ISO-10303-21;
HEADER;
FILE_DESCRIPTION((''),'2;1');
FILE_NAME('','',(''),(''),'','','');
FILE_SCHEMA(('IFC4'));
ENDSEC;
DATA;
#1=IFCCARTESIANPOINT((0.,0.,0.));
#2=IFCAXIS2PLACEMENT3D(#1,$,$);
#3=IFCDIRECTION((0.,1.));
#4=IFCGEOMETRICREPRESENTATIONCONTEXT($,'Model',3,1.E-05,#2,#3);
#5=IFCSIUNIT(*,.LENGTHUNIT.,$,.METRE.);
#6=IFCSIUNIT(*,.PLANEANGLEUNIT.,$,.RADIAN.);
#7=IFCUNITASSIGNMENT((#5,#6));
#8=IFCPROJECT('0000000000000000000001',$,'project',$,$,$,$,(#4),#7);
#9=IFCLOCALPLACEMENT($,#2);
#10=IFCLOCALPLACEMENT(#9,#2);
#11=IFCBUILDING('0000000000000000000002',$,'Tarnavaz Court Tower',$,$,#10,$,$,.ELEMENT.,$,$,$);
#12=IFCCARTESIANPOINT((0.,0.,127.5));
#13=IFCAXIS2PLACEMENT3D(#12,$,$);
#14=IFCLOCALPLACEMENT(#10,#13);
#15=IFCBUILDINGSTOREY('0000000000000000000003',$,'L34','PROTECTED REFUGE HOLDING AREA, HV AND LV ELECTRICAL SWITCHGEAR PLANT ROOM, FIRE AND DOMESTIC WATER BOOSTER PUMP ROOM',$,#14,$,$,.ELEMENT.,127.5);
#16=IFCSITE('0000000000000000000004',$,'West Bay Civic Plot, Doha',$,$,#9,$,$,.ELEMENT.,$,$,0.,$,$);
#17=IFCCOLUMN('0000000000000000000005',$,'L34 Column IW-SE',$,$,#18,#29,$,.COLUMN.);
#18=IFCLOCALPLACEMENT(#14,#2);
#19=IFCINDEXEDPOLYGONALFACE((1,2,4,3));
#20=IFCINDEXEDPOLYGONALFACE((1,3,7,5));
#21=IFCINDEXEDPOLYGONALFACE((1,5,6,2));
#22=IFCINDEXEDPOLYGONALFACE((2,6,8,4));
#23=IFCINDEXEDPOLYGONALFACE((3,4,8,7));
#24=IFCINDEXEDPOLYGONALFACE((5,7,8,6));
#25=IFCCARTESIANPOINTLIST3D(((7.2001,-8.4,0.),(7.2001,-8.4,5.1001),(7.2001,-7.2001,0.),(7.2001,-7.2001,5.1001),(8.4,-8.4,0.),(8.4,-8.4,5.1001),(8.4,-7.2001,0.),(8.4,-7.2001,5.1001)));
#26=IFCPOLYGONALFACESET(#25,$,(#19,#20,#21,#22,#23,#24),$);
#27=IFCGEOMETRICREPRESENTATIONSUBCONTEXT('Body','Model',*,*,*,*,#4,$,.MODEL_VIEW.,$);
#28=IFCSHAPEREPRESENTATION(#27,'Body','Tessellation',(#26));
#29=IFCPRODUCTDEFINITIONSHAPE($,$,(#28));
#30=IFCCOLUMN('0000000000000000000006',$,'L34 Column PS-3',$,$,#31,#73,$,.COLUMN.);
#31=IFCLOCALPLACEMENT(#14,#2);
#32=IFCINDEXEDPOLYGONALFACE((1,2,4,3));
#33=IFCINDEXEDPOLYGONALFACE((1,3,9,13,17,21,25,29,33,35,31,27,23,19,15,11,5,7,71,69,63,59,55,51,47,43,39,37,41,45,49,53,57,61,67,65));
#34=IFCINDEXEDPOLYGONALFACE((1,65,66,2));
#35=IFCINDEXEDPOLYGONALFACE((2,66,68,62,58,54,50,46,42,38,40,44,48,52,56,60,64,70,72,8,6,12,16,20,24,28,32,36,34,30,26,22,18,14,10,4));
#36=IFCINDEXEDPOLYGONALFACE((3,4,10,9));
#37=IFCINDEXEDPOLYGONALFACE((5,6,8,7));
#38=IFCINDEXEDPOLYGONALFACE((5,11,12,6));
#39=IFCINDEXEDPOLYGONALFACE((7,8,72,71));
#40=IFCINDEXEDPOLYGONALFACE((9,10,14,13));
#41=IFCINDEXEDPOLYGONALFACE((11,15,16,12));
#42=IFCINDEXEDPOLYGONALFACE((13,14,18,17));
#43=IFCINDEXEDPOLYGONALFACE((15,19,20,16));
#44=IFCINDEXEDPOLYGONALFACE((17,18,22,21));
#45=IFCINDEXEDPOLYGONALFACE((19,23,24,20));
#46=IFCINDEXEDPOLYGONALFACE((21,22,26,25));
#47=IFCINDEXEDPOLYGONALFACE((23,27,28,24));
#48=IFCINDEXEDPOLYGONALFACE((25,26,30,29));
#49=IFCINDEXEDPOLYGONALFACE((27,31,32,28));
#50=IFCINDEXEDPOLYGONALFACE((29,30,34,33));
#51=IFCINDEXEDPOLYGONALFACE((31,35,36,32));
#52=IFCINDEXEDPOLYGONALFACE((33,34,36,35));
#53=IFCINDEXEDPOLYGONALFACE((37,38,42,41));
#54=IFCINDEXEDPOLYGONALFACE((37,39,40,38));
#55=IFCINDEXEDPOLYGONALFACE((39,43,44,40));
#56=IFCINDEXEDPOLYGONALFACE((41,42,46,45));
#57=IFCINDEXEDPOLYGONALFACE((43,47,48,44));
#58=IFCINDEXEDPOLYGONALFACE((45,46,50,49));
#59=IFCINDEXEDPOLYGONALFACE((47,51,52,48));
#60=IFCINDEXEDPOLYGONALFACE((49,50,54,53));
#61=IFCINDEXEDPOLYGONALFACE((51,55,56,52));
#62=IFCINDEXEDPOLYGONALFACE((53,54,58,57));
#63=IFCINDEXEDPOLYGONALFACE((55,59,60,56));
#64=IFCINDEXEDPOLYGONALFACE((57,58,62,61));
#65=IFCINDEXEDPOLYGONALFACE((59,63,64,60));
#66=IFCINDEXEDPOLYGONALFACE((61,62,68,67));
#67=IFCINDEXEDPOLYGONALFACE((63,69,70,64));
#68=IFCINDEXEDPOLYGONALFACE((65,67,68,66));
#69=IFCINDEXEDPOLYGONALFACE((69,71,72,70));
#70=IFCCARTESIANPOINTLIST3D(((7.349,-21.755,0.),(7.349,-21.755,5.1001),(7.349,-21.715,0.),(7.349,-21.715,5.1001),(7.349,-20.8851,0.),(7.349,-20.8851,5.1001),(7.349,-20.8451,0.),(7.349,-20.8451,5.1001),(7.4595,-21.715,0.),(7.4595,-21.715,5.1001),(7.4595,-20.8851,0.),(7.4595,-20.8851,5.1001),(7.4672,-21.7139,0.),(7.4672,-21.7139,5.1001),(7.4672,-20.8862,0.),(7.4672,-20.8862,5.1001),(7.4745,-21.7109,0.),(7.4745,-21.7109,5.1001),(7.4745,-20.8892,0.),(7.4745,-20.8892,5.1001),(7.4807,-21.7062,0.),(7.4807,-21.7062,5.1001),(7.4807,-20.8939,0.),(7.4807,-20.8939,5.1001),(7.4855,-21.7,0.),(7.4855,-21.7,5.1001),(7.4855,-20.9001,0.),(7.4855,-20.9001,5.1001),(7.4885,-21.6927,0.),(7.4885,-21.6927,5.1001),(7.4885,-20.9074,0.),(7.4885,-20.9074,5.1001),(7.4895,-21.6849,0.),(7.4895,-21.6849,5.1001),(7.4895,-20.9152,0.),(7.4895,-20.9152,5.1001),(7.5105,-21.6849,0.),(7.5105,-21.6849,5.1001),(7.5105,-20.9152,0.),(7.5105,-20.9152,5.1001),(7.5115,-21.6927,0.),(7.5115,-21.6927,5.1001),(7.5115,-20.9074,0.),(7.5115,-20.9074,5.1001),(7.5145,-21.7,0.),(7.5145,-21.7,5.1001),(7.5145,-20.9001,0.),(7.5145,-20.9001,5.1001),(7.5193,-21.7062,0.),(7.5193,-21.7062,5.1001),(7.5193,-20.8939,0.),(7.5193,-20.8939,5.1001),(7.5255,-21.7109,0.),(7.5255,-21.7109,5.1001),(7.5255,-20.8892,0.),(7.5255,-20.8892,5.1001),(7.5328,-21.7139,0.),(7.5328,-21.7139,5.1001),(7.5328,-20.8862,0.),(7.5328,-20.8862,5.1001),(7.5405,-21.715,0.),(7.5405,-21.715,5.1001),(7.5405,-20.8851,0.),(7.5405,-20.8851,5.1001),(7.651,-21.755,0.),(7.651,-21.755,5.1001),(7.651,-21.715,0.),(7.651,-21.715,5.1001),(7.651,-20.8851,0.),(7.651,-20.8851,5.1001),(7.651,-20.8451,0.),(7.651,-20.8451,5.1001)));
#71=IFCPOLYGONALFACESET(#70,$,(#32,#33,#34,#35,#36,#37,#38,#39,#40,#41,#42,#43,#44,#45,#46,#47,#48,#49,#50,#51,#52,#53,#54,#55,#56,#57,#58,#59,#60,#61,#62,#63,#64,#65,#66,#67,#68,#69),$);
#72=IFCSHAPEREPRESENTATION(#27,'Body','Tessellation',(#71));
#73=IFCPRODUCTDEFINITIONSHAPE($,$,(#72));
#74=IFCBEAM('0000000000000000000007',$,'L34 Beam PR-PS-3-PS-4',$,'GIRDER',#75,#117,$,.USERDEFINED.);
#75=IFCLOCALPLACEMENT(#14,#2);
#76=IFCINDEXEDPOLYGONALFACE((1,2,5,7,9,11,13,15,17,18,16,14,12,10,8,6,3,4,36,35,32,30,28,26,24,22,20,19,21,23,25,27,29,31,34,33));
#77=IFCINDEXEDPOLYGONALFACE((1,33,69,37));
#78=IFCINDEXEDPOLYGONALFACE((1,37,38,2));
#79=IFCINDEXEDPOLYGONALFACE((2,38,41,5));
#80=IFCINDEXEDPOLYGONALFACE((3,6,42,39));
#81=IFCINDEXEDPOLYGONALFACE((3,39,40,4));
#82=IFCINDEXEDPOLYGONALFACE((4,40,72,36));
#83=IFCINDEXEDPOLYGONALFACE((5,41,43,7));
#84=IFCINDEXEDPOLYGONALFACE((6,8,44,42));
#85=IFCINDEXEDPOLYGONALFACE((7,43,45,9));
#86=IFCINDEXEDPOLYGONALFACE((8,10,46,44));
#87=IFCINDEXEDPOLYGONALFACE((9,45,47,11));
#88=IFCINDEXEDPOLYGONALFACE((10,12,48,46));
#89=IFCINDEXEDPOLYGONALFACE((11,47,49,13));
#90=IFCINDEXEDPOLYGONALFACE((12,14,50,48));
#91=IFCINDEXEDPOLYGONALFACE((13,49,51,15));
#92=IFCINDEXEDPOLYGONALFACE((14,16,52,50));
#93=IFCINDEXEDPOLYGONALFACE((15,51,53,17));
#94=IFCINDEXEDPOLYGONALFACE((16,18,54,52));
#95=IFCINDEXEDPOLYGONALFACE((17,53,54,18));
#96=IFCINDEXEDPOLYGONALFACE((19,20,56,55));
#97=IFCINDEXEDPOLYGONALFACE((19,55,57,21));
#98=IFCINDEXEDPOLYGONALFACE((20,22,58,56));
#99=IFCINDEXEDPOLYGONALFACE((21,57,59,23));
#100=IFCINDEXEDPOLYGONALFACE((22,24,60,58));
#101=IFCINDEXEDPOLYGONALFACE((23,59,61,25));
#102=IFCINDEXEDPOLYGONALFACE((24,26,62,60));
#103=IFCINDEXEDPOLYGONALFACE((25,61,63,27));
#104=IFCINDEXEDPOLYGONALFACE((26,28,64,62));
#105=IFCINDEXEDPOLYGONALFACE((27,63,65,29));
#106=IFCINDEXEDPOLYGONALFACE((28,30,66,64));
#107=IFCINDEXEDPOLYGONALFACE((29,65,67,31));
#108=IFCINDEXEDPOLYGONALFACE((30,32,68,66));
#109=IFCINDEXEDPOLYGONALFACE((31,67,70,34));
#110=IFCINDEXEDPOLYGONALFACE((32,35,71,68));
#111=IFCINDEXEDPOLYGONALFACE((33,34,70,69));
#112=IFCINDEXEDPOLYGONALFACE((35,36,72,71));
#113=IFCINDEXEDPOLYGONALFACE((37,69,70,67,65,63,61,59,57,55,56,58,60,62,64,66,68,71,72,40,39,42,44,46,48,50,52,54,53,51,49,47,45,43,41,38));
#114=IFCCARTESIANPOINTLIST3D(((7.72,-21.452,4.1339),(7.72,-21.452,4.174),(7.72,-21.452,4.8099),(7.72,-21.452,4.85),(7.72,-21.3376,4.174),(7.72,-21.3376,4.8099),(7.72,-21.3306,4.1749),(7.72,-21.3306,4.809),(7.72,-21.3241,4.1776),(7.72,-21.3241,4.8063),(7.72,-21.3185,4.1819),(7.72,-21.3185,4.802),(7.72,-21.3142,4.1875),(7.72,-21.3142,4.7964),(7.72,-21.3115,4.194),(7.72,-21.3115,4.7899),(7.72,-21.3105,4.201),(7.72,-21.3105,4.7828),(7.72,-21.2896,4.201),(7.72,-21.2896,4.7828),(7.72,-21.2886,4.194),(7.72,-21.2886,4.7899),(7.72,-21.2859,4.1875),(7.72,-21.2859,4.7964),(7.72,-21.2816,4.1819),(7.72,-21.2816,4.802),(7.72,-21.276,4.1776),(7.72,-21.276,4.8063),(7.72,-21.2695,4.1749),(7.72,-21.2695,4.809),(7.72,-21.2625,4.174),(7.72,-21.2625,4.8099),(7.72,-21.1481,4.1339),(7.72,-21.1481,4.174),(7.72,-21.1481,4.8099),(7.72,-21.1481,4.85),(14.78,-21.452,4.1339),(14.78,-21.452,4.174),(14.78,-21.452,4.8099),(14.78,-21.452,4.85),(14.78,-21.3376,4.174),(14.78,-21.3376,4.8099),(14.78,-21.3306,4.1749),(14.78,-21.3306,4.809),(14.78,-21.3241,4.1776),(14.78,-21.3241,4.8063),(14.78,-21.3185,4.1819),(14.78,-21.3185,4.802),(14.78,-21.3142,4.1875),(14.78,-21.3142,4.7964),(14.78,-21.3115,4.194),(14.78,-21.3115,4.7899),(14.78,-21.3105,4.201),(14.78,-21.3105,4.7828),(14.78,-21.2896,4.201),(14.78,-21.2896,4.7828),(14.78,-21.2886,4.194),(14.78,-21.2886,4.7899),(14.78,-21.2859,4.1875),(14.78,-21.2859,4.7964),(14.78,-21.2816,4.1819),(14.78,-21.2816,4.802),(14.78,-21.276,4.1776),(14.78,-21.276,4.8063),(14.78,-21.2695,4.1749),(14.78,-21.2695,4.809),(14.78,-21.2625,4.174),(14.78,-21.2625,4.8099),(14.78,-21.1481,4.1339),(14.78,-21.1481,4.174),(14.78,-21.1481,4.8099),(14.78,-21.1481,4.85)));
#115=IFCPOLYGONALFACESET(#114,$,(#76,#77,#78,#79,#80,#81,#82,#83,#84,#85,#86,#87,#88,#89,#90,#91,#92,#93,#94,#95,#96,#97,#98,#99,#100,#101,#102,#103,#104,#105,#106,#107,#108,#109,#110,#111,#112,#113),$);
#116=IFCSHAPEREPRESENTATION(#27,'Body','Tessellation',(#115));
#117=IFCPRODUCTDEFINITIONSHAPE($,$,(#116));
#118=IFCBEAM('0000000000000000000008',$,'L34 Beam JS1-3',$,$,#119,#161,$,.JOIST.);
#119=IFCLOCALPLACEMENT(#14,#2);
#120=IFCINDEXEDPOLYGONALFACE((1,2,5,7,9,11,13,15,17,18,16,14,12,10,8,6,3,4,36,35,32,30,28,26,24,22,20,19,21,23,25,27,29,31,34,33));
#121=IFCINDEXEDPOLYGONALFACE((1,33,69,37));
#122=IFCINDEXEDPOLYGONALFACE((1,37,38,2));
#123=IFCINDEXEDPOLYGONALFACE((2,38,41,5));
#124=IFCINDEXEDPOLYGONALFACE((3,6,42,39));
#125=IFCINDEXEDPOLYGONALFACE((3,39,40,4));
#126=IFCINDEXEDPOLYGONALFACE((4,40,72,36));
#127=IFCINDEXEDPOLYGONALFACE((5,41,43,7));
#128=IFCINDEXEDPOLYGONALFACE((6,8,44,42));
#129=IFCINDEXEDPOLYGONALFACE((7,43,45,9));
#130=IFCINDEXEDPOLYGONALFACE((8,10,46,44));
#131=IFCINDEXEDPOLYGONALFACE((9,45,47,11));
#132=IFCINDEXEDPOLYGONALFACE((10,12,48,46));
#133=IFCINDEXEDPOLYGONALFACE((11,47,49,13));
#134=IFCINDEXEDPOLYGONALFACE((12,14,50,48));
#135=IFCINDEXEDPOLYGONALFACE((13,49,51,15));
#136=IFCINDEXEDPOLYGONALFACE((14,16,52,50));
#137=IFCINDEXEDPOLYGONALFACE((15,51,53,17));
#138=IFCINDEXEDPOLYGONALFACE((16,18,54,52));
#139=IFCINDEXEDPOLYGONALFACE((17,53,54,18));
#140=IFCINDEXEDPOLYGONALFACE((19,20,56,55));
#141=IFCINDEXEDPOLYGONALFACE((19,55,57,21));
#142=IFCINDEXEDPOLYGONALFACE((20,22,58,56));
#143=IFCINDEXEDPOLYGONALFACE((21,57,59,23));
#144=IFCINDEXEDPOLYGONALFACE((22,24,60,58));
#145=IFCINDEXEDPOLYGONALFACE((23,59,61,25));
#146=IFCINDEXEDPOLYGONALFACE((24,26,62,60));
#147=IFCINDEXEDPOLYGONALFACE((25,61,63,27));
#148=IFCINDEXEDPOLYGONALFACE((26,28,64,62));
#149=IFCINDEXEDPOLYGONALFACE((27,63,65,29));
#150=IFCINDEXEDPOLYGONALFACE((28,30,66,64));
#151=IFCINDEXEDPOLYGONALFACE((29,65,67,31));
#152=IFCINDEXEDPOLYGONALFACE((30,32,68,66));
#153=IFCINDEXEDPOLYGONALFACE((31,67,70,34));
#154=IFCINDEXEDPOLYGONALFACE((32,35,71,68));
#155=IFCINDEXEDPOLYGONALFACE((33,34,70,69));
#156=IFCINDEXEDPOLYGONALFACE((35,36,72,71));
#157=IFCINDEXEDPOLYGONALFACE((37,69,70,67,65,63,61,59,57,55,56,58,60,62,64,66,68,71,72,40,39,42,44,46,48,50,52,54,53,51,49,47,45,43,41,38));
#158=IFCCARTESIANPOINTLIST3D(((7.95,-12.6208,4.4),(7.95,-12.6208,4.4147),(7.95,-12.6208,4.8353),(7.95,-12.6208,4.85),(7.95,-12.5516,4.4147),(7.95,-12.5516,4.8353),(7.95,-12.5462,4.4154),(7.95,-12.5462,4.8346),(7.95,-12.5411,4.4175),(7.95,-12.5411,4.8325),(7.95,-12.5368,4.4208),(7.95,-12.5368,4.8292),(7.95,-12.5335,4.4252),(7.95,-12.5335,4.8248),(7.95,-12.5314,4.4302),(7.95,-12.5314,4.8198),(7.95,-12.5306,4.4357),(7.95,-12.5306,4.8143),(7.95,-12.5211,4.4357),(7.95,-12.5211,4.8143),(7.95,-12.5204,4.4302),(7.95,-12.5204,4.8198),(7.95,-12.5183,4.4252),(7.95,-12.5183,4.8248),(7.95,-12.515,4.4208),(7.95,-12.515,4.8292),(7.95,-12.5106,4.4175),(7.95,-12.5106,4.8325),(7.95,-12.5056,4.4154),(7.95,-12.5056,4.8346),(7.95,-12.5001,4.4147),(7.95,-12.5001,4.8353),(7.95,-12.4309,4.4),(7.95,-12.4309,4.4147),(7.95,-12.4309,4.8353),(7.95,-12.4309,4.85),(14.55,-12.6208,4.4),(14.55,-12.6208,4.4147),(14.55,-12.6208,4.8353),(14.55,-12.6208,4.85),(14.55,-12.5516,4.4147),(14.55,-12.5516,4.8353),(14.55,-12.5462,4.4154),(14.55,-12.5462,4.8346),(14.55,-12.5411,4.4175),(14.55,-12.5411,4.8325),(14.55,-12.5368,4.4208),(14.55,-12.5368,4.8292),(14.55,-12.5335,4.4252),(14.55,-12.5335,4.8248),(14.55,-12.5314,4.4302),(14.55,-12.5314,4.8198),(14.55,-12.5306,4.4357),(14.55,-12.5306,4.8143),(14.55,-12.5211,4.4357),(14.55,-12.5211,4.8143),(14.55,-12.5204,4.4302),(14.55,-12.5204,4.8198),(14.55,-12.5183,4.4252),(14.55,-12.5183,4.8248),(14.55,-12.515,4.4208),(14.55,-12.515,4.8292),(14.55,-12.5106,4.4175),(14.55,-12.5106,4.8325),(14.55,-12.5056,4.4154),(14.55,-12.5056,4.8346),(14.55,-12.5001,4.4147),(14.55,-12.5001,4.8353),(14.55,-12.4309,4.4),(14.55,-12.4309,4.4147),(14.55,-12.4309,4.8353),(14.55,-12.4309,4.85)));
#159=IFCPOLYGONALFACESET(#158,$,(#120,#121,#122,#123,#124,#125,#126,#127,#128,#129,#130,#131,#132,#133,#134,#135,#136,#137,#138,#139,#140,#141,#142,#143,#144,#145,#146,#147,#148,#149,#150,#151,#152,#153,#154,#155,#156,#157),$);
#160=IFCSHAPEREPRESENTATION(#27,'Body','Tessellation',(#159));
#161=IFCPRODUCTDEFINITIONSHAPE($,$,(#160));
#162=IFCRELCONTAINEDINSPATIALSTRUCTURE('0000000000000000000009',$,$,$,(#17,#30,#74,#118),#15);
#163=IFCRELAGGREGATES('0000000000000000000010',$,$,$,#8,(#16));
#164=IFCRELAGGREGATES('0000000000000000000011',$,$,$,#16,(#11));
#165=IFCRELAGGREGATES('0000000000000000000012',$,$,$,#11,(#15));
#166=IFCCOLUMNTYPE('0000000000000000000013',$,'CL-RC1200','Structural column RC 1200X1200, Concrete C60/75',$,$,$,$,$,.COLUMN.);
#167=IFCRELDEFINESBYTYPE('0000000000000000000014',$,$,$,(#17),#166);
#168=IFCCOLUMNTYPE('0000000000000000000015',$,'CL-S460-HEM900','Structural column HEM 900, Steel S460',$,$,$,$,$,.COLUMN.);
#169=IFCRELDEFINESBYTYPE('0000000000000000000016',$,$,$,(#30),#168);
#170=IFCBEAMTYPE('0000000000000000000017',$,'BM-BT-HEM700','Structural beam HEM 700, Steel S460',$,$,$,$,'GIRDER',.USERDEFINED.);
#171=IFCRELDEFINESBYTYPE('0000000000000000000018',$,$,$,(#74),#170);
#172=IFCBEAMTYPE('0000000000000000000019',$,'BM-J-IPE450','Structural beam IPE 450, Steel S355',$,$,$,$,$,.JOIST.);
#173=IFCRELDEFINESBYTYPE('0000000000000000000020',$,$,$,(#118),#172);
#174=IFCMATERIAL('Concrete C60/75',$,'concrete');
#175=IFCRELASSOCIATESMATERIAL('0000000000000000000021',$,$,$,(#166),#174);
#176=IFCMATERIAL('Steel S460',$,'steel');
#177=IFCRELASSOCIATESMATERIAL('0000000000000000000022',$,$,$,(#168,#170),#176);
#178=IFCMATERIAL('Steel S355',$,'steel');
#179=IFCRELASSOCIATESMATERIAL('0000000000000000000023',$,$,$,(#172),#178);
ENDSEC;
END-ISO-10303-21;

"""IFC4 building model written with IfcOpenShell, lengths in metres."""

from ifc_helpers import new_model, si_unit, direction, frame, origin, origin_2d, place, context, subcontext, project, spatial, rectangle, i_section, extrude, material, material_profile, profile_set, type_object, element, save


model = new_model("IFC4")

# Units and contexts
model_context = context("Model", 3, precision=1e-05, world=origin(), true_north=direction((0.0, 1.0)))
body_context = subcontext(model_context, "Body", "Model", "MODEL_VIEW")
ifc_project = project(units=[si_unit("LENGTHUNIT", "METRE"), si_unit("PLANEANGLEUNIT", "RADIAN")], contexts=[model_context])

# Site, building, storey
site_placement = place(None, origin())
site = spatial("IfcSite", under=ifc_project, at=site_placement, Name="West Bay Civic Plot, Doha", CompositionType="ELEMENT", RefElevation=0.0)
building_placement = place(site_placement, origin())
building = spatial("IfcBuilding", under=site, at=building_placement, Name="Tarnavaz Court Tower", CompositionType="ELEMENT")
storey_placement = place(building_placement, frame((0.0, 0.0, 127.5)))
storey = spatial("IfcBuildingStorey", under=building, at=storey_placement, Name="L34", Description="PROTECTED REFUGE HOLDING AREA, HV AND LV ELECTRICAL SWITCHGEAR PLANT ROOM, FIRE AND DOMESTIC WATER BOOSTER PUMP ROOM", CompositionType="ELEMENT", Elevation=127.5)

# Columns
ifc_material_1 = material(Name="Concrete C60/75", Category="concrete")
ifc_material_profile_1 = material_profile(ifc_material_1, rectangle(XDim=1.2, YDim=1.2, at=origin_2d()), Name="RC 1200X1200")
ifc_profile_set_1 = profile_set([ifc_material_profile_1], Name="Concrete C60/75")
column_type_1 = type_object("IfcColumnType", Name="CL-RC1200", Description="Structural column RC 1200X1200, Concrete C60/75", PredefinedType="COLUMN", material=ifc_profile_set_1)
column_1_placement = place(storey_placement, frame((7.8, -7.8, 0.0), z_axis=(0.0, 0.0, 1.0), x_axis=(1.0, 0.0, 0.0)))
element("IfcColumn", 1, at=column_1_placement, inside=storey, type_object=column_type_1, Name="L34 Column IW-SE", PredefinedType="COLUMN", context=body_context, shape_type="SweptSolid", body=[
    extrude(rectangle(XDim=1.2, YDim=1.2, at=origin_2d()), origin(), (0.0, 0.0, 1.0), 5.1001),
])
ifc_material_2 = material(Name="Steel S460", Category="steel")
ifc_material_profile_2 = material_profile(ifc_material_2, i_section(OverallWidth=0.302, OverallDepth=0.9099, WebThickness=0.021, FlangeThickness=0.04, FilletRadius=0.03, at=origin_2d()), Name="HEM 900")
ifc_profile_set_2 = profile_set([ifc_material_profile_2], Name="Steel S460")
column_type_2 = type_object("IfcColumnType", Name="CL-S460-HEM900", Description="Structural column HEM 900, Steel S460", PredefinedType="COLUMN", material=ifc_profile_set_2)
column_2_placement = place(storey_placement, frame((7.5, -21.3, 0.0), z_axis=(0.0, 0.0, 1.0), x_axis=(1.0, 0.0, 0.0)))
element("IfcColumn", 2, at=column_2_placement, inside=storey, type_object=column_type_2, Name="L34 Column PS-3", PredefinedType="COLUMN", context=body_context, shape_type="SweptSolid", body=[
    extrude(i_section(OverallWidth=0.302, OverallDepth=0.9099, WebThickness=0.021, FlangeThickness=0.04, FilletRadius=0.03, at=origin_2d()), origin(), (0.0, 0.0, 1.0), 5.1001),
])

# Beams
ifc_material_profile_3 = material_profile(ifc_material_2, i_section(OverallWidth=0.304, OverallDepth=0.7161, WebThickness=0.021, FlangeThickness=0.04, FilletRadius=0.0271, at=origin_2d()), Name="HEM 700")
ifc_profile_set_3 = profile_set([ifc_material_profile_3], Name="Steel S460")
beam_type_1 = type_object("IfcBeamType", Name="BM-BT-HEM700", Description="Structural beam HEM 700, Steel S460", ElementType="GIRDER", PredefinedType="USERDEFINED", material=ifc_profile_set_3)
beam_1_placement = place(storey_placement, frame((7.72, -21.3, 4.4919), z_axis=(1.0, 0.0, 0.0), x_axis=(0.0, 1.0, 0.0)))
element("IfcBeam", 3, at=beam_1_placement, inside=storey, type_object=beam_type_1, Name="L34 Beam PR-PS-3-PS-4", ObjectType="GIRDER", PredefinedType="USERDEFINED", context=body_context, shape_type="SweptSolid", body=[
    extrude(i_section(OverallWidth=0.304, OverallDepth=0.7161, WebThickness=0.021, FlangeThickness=0.04, FilletRadius=0.0271, at=origin_2d()), origin(), (0.0, 0.0, 1.0), 7.0601),
])
ifc_material_3 = material(Name="Steel S355", Category="steel")
ifc_material_profile_4 = material_profile(ifc_material_3, i_section(OverallWidth=0.1899, OverallDepth=0.45, WebThickness=0.0095, FlangeThickness=0.0146, FilletRadius=0.021, at=origin_2d()), Name="IPE 450")
ifc_profile_set_4 = profile_set([ifc_material_profile_4], Name="Steel S355")
beam_type_2 = type_object("IfcBeamType", Name="BM-J-IPE450", Description="Structural beam IPE 450, Steel S355", PredefinedType="JOIST", material=ifc_profile_set_4)
for number, where, z_axis, x_axis, name in (
    (4, (7.95, -12.5259, 4.625), (1.0, 0.0, 0.0), (0.0, 1.0, 0.0), "L34 Beam JS1-3"),
):
    element("IfcBeam", number, at=place(storey_placement, frame(where, z_axis=z_axis, x_axis=x_axis)), inside=storey, type_object=beam_type_2, Name=name, PredefinedType="JOIST", context=body_context, shape_type="SweptSolid", body=[
        extrude(i_section(OverallWidth=0.1899, OverallDepth=0.45, WebThickness=0.0095, FlangeThickness=0.0146, FilletRadius=0.021, at=origin_2d()), origin(), (0.0, 0.0, 1.0), 6.6001),
    ])

save(model, "model.ifc")
